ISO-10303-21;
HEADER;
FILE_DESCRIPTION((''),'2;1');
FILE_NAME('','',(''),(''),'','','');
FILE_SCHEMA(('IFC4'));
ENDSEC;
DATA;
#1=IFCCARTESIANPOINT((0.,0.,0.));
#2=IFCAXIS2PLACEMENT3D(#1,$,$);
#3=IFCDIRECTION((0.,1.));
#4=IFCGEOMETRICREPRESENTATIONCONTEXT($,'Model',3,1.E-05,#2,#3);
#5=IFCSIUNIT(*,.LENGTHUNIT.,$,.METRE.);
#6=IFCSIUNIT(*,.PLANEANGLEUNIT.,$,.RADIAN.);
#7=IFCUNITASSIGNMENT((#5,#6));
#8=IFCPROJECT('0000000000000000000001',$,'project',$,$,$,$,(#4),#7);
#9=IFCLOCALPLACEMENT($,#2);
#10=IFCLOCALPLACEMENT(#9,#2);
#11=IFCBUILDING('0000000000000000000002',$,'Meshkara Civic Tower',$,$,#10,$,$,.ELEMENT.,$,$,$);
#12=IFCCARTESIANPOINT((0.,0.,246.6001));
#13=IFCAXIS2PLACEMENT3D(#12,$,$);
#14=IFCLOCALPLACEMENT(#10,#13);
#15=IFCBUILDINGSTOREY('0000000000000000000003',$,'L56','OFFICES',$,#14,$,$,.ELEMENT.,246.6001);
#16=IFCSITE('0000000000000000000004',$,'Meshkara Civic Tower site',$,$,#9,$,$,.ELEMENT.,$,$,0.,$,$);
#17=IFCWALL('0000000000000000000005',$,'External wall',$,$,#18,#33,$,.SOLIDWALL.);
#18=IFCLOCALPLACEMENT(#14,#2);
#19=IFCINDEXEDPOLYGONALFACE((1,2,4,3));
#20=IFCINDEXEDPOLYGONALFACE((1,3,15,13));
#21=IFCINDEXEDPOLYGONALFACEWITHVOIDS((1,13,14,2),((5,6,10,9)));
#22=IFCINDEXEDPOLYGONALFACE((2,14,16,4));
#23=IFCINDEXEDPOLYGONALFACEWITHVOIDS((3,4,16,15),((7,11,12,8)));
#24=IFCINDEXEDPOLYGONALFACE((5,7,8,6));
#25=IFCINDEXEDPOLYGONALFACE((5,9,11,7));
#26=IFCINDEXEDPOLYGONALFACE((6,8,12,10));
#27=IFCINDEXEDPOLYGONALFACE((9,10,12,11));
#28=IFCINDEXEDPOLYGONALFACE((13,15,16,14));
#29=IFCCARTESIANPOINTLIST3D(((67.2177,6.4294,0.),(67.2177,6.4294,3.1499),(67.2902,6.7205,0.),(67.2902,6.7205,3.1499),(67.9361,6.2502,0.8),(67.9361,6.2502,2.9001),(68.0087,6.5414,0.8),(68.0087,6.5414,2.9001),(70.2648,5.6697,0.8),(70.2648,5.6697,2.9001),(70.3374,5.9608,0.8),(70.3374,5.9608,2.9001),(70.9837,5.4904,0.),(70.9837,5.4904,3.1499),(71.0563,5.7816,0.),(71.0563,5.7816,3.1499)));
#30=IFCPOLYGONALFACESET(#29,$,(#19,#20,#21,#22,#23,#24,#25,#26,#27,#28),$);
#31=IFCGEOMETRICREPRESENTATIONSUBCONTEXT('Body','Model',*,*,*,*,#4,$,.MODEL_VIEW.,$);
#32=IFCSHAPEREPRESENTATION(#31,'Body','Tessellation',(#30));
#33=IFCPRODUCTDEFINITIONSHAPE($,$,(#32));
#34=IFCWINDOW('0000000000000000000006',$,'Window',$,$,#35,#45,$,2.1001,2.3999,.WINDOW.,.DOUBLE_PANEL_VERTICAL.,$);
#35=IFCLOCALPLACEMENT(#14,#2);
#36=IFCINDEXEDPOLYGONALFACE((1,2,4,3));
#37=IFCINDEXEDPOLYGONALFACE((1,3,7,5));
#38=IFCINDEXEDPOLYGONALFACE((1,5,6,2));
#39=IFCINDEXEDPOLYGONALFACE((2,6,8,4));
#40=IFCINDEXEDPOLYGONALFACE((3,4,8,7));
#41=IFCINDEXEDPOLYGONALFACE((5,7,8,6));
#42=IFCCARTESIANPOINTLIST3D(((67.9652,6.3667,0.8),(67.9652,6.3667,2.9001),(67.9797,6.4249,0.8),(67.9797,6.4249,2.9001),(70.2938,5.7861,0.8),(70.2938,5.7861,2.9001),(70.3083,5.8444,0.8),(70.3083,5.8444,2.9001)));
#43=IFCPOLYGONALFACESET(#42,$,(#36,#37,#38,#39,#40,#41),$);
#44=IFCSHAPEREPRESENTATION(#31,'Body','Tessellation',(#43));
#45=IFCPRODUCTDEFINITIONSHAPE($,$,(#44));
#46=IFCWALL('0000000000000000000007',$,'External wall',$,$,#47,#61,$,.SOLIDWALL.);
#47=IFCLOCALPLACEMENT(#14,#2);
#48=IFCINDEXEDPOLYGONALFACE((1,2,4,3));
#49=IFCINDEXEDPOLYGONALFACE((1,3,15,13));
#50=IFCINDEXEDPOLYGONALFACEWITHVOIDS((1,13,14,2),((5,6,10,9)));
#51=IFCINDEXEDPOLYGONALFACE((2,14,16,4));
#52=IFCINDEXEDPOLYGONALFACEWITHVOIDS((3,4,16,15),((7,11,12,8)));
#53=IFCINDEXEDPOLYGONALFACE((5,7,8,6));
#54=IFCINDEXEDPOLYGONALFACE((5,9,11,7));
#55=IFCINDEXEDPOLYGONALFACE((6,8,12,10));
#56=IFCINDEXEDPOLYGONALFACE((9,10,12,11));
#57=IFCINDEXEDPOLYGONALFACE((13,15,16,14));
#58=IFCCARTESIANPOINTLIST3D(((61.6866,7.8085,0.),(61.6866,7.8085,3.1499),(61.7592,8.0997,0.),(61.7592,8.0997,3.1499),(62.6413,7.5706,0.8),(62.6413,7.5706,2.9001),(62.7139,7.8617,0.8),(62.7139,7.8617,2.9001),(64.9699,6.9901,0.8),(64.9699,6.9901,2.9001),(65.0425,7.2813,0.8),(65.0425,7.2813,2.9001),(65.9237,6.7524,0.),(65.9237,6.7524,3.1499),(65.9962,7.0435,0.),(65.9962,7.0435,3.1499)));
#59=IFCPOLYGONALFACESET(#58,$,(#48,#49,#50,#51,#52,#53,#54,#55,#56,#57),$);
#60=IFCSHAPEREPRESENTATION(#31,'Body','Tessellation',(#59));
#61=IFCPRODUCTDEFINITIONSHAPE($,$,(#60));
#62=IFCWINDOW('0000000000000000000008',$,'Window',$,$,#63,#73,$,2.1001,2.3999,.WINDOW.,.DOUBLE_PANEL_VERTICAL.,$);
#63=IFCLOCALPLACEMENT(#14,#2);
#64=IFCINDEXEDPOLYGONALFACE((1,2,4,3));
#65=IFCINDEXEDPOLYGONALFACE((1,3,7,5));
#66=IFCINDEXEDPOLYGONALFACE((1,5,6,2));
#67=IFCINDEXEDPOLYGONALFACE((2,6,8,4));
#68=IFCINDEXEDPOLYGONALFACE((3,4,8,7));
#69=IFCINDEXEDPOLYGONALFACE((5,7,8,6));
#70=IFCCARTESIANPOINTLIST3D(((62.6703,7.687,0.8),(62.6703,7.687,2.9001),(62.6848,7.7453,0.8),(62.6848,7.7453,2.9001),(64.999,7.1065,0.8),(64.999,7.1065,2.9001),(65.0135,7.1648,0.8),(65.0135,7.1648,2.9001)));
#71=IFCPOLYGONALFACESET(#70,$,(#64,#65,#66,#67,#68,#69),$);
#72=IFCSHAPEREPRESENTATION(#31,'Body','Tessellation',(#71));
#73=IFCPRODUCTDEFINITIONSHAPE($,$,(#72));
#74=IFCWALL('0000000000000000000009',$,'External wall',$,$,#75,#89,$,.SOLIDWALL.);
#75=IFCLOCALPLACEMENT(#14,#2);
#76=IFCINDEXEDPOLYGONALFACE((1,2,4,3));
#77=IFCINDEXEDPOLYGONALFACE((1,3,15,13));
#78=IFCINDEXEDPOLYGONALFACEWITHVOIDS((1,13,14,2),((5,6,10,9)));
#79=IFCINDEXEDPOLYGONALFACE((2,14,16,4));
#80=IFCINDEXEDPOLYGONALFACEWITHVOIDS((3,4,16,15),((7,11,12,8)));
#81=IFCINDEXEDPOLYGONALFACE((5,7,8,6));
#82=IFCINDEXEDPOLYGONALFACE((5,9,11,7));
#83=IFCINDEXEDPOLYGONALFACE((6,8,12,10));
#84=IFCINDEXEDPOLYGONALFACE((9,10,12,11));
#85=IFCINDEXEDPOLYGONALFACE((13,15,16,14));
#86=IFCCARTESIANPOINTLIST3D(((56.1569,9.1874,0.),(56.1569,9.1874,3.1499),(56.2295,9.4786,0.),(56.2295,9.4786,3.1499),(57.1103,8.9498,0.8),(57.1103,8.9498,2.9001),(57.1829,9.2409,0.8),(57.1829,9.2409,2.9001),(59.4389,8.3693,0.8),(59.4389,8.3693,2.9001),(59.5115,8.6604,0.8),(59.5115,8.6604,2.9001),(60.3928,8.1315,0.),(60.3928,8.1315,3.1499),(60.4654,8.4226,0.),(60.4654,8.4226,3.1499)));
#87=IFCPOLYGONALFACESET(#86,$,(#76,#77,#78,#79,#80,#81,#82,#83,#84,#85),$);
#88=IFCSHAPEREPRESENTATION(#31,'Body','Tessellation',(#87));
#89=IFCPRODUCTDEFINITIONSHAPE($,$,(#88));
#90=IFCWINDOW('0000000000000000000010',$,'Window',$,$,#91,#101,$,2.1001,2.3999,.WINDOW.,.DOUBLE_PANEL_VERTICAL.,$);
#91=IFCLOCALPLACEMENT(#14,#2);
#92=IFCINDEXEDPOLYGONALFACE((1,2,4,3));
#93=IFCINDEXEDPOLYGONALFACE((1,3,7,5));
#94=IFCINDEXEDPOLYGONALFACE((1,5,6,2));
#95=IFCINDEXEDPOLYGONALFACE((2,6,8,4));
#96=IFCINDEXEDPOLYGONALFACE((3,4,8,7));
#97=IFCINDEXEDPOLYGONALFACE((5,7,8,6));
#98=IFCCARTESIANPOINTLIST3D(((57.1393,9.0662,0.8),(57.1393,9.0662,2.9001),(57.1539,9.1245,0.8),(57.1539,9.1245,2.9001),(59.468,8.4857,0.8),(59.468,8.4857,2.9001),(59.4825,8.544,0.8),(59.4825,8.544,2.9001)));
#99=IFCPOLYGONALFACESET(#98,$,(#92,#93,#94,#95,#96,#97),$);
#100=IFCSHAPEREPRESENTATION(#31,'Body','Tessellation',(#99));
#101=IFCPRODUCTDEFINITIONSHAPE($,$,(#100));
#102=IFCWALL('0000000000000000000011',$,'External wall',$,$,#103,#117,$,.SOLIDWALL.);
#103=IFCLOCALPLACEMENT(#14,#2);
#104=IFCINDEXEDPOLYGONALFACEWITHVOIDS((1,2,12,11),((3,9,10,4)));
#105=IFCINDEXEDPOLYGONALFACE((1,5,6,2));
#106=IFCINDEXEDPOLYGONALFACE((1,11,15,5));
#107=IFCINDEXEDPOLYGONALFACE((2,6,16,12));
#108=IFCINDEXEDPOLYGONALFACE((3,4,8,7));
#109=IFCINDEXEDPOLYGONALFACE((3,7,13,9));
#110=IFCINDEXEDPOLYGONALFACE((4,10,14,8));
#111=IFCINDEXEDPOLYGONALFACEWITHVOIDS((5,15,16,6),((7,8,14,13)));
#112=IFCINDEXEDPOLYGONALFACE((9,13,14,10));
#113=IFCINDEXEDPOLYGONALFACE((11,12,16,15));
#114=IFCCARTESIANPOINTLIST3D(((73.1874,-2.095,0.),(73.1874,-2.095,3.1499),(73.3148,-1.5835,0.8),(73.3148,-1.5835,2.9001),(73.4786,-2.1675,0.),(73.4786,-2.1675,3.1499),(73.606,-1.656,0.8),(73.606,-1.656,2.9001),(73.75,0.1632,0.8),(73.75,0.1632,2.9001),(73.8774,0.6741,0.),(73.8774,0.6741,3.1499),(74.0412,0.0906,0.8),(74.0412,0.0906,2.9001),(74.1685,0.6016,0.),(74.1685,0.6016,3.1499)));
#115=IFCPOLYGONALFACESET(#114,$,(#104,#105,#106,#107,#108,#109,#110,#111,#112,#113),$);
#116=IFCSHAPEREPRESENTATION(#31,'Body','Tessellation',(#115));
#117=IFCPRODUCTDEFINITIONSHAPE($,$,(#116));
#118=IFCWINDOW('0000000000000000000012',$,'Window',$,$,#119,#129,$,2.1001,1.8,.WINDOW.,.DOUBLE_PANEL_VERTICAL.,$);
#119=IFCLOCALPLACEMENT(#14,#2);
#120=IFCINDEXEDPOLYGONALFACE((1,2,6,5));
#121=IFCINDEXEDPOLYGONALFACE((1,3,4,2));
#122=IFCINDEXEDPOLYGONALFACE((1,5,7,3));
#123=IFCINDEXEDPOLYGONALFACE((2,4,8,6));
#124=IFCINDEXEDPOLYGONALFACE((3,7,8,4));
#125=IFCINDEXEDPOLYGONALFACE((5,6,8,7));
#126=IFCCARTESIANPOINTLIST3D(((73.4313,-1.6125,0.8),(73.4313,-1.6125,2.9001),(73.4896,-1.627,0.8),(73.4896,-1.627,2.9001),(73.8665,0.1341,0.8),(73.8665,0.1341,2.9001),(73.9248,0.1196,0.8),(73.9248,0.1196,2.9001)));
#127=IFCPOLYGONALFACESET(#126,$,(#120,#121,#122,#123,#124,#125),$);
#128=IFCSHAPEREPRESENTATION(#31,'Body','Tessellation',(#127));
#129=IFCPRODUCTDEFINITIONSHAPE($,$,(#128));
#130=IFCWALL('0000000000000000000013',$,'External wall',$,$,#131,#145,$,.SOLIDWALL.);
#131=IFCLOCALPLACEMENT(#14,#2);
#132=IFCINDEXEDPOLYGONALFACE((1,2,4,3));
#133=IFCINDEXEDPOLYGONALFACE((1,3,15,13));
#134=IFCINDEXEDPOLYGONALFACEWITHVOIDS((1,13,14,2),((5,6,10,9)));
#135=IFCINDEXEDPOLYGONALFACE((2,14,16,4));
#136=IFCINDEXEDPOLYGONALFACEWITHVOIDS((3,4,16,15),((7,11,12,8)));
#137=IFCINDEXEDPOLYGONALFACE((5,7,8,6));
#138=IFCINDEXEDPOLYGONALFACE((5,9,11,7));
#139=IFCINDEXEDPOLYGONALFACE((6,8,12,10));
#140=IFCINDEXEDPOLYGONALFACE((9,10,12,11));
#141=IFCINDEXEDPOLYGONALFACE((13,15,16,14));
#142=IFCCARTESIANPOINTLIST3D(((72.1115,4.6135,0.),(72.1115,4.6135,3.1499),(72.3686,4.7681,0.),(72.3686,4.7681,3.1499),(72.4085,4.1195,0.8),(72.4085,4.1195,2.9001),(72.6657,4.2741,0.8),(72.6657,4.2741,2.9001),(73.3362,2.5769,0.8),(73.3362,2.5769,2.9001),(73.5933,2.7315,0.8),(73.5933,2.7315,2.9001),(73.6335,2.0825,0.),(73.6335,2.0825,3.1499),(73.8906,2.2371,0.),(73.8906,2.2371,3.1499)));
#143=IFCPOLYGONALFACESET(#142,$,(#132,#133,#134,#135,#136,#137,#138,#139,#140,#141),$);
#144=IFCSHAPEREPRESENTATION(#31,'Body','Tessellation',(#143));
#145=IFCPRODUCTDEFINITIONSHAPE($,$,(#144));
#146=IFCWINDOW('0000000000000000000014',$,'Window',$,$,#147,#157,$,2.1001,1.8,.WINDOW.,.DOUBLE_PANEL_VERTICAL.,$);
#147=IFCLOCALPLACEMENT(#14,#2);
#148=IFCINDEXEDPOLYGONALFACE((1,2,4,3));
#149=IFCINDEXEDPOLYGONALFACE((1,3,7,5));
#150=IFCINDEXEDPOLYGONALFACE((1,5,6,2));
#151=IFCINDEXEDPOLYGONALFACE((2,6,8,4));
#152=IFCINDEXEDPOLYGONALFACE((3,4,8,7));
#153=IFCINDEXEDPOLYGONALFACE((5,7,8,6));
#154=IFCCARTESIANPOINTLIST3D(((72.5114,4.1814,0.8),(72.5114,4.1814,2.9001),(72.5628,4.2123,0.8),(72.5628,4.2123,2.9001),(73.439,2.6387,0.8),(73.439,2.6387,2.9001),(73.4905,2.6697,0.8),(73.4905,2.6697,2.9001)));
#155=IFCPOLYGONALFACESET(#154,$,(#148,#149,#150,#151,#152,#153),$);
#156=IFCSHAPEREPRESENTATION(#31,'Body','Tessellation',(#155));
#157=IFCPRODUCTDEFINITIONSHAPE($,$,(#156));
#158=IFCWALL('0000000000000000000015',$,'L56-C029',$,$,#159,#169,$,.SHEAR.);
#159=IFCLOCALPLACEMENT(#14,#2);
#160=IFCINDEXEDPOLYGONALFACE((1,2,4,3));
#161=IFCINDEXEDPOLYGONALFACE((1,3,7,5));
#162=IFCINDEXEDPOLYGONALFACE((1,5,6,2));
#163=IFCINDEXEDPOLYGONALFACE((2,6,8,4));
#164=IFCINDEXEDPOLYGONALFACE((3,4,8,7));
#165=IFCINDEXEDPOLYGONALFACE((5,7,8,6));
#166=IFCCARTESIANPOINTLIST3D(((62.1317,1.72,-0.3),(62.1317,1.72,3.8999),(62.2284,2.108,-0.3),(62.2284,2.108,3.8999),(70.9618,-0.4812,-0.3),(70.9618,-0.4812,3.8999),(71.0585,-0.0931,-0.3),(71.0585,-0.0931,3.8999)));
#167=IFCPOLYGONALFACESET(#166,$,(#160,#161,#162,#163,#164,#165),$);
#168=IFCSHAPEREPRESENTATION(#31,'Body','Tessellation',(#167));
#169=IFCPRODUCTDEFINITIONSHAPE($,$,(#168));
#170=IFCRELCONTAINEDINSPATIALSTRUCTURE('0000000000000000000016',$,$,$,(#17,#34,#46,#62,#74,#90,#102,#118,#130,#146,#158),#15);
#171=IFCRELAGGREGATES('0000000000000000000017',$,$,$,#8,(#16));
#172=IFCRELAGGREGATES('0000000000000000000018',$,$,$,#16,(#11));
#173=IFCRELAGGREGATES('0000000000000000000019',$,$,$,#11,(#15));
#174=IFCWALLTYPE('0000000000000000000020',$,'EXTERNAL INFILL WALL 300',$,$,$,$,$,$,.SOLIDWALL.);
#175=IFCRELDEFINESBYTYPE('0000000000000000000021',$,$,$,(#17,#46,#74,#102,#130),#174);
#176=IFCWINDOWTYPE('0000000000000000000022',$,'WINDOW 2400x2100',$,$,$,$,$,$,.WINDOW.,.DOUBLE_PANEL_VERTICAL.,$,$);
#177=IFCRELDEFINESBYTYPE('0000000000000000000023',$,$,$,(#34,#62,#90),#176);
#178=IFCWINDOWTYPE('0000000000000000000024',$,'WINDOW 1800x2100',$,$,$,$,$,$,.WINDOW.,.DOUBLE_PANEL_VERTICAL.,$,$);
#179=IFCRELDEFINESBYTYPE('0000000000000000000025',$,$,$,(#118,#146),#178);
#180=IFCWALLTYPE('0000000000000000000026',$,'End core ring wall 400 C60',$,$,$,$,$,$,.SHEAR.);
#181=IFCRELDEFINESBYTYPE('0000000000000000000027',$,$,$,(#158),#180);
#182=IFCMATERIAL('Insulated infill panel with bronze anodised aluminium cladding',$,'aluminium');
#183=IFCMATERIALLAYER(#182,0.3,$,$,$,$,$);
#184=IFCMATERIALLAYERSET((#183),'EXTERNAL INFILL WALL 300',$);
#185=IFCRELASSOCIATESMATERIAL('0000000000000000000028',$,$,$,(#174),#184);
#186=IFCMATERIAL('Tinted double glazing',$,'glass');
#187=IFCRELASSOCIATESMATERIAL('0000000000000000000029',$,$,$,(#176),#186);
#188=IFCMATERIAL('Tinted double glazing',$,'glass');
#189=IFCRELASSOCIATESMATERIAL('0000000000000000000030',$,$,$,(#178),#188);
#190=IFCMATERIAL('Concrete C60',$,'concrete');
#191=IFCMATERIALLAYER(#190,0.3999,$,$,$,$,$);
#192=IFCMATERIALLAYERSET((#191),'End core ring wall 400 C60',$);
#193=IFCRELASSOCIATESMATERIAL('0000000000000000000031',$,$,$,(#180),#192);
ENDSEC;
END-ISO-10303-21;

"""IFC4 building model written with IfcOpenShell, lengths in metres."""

from ifc_helpers import new_model, si_unit, direction, frame, frame_2d, origin, place, context, subcontext, project, spatial, rectangle, extrude, material, layer, layer_set, type_object, element, fill, save


model = new_model("IFC4")

# Units and contexts
model_context = context("Model", 3, precision=1e-05, world=origin(), true_north=direction((0.0, 1.0)))
body_context = subcontext(model_context, "Body", "Model", "MODEL_VIEW")
ifc_project = project(units=[si_unit("LENGTHUNIT", "METRE"), si_unit("PLANEANGLEUNIT", "RADIAN")], contexts=[model_context])

# Site, building, storey
site_placement = place(None, origin())
site = spatial("IfcSite", under=ifc_project, at=site_placement, Name="Meshkara Civic Tower site", CompositionType="ELEMENT", RefElevation=0.0)
building_placement = place(site_placement, origin())
building = spatial("IfcBuilding", under=site, at=building_placement, Name="Meshkara Civic Tower", CompositionType="ELEMENT")
storey_placement = place(building_placement, frame((0.0, 0.0, 246.6001)))
storey = spatial("IfcBuildingStorey", under=building, at=storey_placement, Name="L56", Description="OFFICES", CompositionType="ELEMENT", Elevation=246.6001)

# Walls, openings, windows
ifc_material_1 = material(Name="Insulated infill panel with bronze anodised aluminium cladding", Category="aluminium")
ifc_layer_1 = layer(ifc_material_1, 0.3)
ifc_layer_set_1 = layer_set([ifc_layer_1], Name="EXTERNAL INFILL WALL 300")
wall_type_1 = type_object("IfcWallType", Name="EXTERNAL INFILL WALL 300", PredefinedType="SOLIDWALL", material=ifc_layer_set_1)
wall_1_placement = place(storey_placement, frame((71.02, 5.636, 0.0), z_axis=(0.0, 0.0, 1.0), x_axis=(-0.970298, 0.241914, 0.0)))
wall_1 = element("IfcWall", 1, at=wall_1_placement, inside=storey, type_object=wall_type_1, Name="External wall", PredefinedType="SOLIDWALL", context=body_context, shape_type="SweptSolid", body=[
    extrude(rectangle(XDim=3.8813, YDim=0.3, at=frame_2d((1.9407, 0.0))), origin(), (0.0, 0.0, 1.0), 3.1499),
])
opening_1_placement = place(wall_1_placement, frame((0.741, 0.0, 0.8)))
opening_1 = element("IfcOpeningElement", 2, at=opening_1_placement, cuts=wall_1, PredefinedType="OPENING", context=body_context, shape_type="SweptSolid", body=[
    extrude(rectangle(XDim=2.3999, YDim=2.1001, at=frame_2d((1.2, 1.05))), frame((0.0, 0.1599, 0.0), z_axis=(0.0, -1.0, 0.0), x_axis=(1.0, 0.0, 0.0)), (0.0, 0.0, 1.0), 0.3201),
])
ifc_material_2 = material(Name="Tinted double glazing", Category="glass")
window_type_1 = type_object("IfcWindowType", Name="WINDOW 2400x2100", PartitioningType="DOUBLE_PANEL_VERTICAL", PredefinedType="WINDOW", material=ifc_material_2)
window_1_placement = place(opening_1_placement, origin())
window_1 = element("IfcWindow", 3, at=window_1_placement, inside=storey, type_object=window_type_1, Name="Window", OverallHeight=2.1001, OverallWidth=2.3999, PartitioningType="DOUBLE_PANEL_VERTICAL", PredefinedType="WINDOW", context=body_context, shape_type="SweptSolid", body=[
    extrude(rectangle(XDim=2.3999, YDim=2.1001, at=frame_2d((1.2, 1.05))), frame((0.0, 0.03, 0.0), z_axis=(0.0, -1.0, 0.0), x_axis=(1.0, 0.0, 0.0)), (0.0, 0.0, 1.0), 0.0601),
])
fill(opening_1, window_1)
wall_2_placement = place(storey_placement, frame((65.96, 6.8979, 0.0), z_axis=(0.0, 0.0, 1.0), x_axis=(-0.97031, 0.241865, 0.0)))
wall_2 = element("IfcWall", 4, at=wall_2_placement, inside=storey, type_object=wall_type_1, Name="External wall", PredefinedType="SOLIDWALL", context=body_context, shape_type="SweptSolid", body=[
    extrude(rectangle(XDim=4.3667, YDim=0.3, at=frame_2d((2.1833, 0.0))), origin(), (0.0, 0.0, 1.0), 3.1499),
])
opening_2_placement = place(wall_2_placement, frame((0.9829, 0.0, 0.8)))
opening_2 = element("IfcOpeningElement", 5, at=opening_2_placement, cuts=wall_2, PredefinedType="OPENING", context=body_context, shape_type="SweptSolid", body=[
    extrude(rectangle(XDim=2.3999, YDim=2.1001, at=frame_2d((1.2, 1.05))), frame((0.0, 0.1599, 0.0), z_axis=(0.0, -1.0, 0.0), x_axis=(1.0, 0.0, 0.0)), (0.0, 0.0, 1.0), 0.3201),
])
window_2_placement = place(opening_2_placement, origin())
window_2 = element("IfcWindow", 6, at=window_2_placement, inside=storey, type_object=window_type_1, Name="Window", OverallHeight=2.1001, OverallWidth=2.3999, PartitioningType="DOUBLE_PANEL_VERTICAL", PredefinedType="WINDOW", context=body_context, shape_type="SweptSolid", body=[
    extrude(rectangle(XDim=2.3999, YDim=2.1001, at=frame_2d((1.2, 1.05))), frame((0.0, 0.03, 0.0), z_axis=(0.0, -1.0, 0.0), x_axis=(1.0, 0.0, 0.0)), (0.0, 0.0, 1.0), 0.0601),
])
fill(opening_2, window_2)
wall_3_placement = place(storey_placement, frame((60.429, 8.2771, 0.0), z_axis=(0.0, 0.0, 1.0), x_axis=(-0.970307, 0.241878, 0.0)))
wall_3 = element("IfcWall", 7, at=wall_3_placement, inside=storey, type_object=wall_type_1, Name="External wall", PredefinedType="SOLIDWALL", context=body_context, shape_type="SweptSolid", body=[
    extrude(rectangle(XDim=4.3655, YDim=0.3, at=frame_2d((2.1826, 0.0))), origin(), (0.0, 0.0, 1.0), 3.1499),
])
opening_3_placement = place(wall_3_placement, frame((0.9829, 0.0, 0.8)))
opening_3 = element("IfcOpeningElement", 8, at=opening_3_placement, cuts=wall_3, PredefinedType="OPENING", context=body_context, shape_type="SweptSolid", body=[
    extrude(rectangle(XDim=2.3999, YDim=2.1001, at=frame_2d((1.2, 1.05))), frame((0.0, 0.1599, 0.0), z_axis=(0.0, -1.0, 0.0), x_axis=(1.0, 0.0, 0.0)), (0.0, 0.0, 1.0), 0.3201),
])
window_3_placement = place(opening_3_placement, origin())
window_3 = element("IfcWindow", 9, at=window_3_placement, inside=storey, type_object=window_type_1, Name="Window", OverallHeight=2.1001, OverallWidth=2.3999, PartitioningType="DOUBLE_PANEL_VERTICAL", PredefinedType="WINDOW", context=body_context, shape_type="SweptSolid", body=[
    extrude(rectangle(XDim=2.3999, YDim=2.1001, at=frame_2d((1.2, 1.05))), frame((0.0, 0.03, 0.0), z_axis=(0.0, -1.0, 0.0), x_axis=(1.0, 0.0, 0.0)), (0.0, 0.0, 1.0), 0.0601),
])
fill(opening_3, window_3)
wall_4_placement = place(storey_placement, frame((73.333, -2.1311, 0.0), z_axis=(0.0, 0.0, 1.0), x_axis=(0.241771, 0.970333, 0.0)))
wall_4 = element("IfcWall", 10, at=wall_4_placement, inside=storey, type_object=wall_type_1, Name="External wall", PredefinedType="SOLIDWALL", context=body_context, shape_type="SweptSolid", body=[
    extrude(rectangle(XDim=2.8538, YDim=0.3, at=frame_2d((1.4268, 0.0))), origin(), (0.0, 0.0, 1.0), 3.1499),
])
opening_4_placement = place(wall_4_placement, frame((0.5271, 0.0, 0.8)))
opening_4 = element("IfcOpeningElement", 11, at=opening_4_placement, cuts=wall_4, PredefinedType="OPENING", context=body_context, shape_type="SweptSolid", body=[
    extrude(rectangle(XDim=1.8, YDim=2.1001, at=frame_2d((0.8999, 1.05))), frame((0.0, 0.1599, 0.0), z_axis=(0.0, -1.0, 0.0), x_axis=(1.0, 0.0, 0.0)), (0.0, 0.0, 1.0), 0.3201),
])
ifc_material_3 = material(Name="Tinted double glazing", Category="glass")
window_type_2 = type_object("IfcWindowType", Name="WINDOW 1800x2100", PartitioningType="DOUBLE_PANEL_VERTICAL", PredefinedType="WINDOW", material=ifc_material_3)
window_4_placement = place(opening_4_placement, origin())
window_4 = element("IfcWindow", 12, at=window_4_placement, inside=storey, type_object=window_type_2, Name="Window", OverallHeight=2.1001, OverallWidth=1.8, PartitioningType="DOUBLE_PANEL_VERTICAL", PredefinedType="WINDOW", context=body_context, shape_type="SweptSolid", body=[
    extrude(rectangle(XDim=1.8, YDim=2.1001, at=frame_2d((0.8999, 1.05))), frame((0.0, 0.03, 0.0), z_axis=(0.0, -1.0, 0.0), x_axis=(1.0, 0.0, 0.0)), (0.0, 0.0, 1.0), 0.0601),
])
fill(opening_4, window_4)
wall_5_placement = place(storey_placement, frame((73.762, 2.1599, 0.0), z_axis=(0.0, 0.0, 1.0), x_axis=(-0.515334, 0.856989, 0.0)))
wall_5 = element("IfcWall", 13, at=wall_5_placement, inside=storey, type_object=wall_type_1, Name="External wall", PredefinedType="SOLIDWALL", context=body_context, shape_type="SweptSolid", body=[
    extrude(rectangle(XDim=2.9534, YDim=0.3, at=frame_2d((1.4766, 0.0))), origin(), (0.0, 0.0, 1.0), 3.1499),
])
opening_5_placement = place(wall_5_placement, frame((0.5769, 0.0, 0.8)))
opening_5 = element("IfcOpeningElement", 14, at=opening_5_placement, cuts=wall_5, PredefinedType="OPENING", context=body_context, shape_type="SweptSolid", body=[
    extrude(rectangle(XDim=1.8, YDim=2.1001, at=frame_2d((0.8999, 1.05))), frame((0.0, 0.1599, 0.0), z_axis=(0.0, -1.0, 0.0), x_axis=(1.0, 0.0, 0.0)), (0.0, 0.0, 1.0), 0.3201),
])
window_5_placement = place(opening_5_placement, origin())
window_5 = element("IfcWindow", 15, at=window_5_placement, inside=storey, type_object=window_type_2, Name="Window", OverallHeight=2.1001, OverallWidth=1.8, PartitioningType="DOUBLE_PANEL_VERTICAL", PredefinedType="WINDOW", context=body_context, shape_type="SweptSolid", body=[
    extrude(rectangle(XDim=1.8, YDim=2.1001, at=frame_2d((0.8999, 1.05))), frame((0.0, 0.03, 0.0), z_axis=(0.0, -1.0, 0.0), x_axis=(1.0, 0.0, 0.0)), (0.0, 0.0, 1.0), 0.0601),
])
fill(opening_5, window_5)

# Wall
ifc_material_4 = material(Name="Concrete C60", Category="concrete")
ifc_layer_2 = layer(ifc_material_4, 0.3999)
ifc_layer_set_2 = layer_set([ifc_layer_2], Name="End core ring wall 400 C60")
wall_type_2 = type_object("IfcWallType", Name="End core ring wall 400 C60", PredefinedType="SHEAR", material=ifc_layer_set_2)
wall_6_placement = place(storey_placement, frame((62.1799, 1.9141, -0.3), z_axis=(0.0, 0.0, 1.0), x_axis=(0.970306, -0.241879, 0.0)))
element("IfcWall", 16, at=wall_6_placement, inside=storey, type_object=wall_type_2, Name="L56-C029", PredefinedType="SHEAR", context=body_context, shape_type="SweptSolid", body=[
    extrude(rectangle(XDim=9.1003, YDim=0.3999, at=frame_2d((4.5503, 0.0))), origin(), (0.0, 0.0, 1.0), 4.2),
])

save(model, "model.ifc")
